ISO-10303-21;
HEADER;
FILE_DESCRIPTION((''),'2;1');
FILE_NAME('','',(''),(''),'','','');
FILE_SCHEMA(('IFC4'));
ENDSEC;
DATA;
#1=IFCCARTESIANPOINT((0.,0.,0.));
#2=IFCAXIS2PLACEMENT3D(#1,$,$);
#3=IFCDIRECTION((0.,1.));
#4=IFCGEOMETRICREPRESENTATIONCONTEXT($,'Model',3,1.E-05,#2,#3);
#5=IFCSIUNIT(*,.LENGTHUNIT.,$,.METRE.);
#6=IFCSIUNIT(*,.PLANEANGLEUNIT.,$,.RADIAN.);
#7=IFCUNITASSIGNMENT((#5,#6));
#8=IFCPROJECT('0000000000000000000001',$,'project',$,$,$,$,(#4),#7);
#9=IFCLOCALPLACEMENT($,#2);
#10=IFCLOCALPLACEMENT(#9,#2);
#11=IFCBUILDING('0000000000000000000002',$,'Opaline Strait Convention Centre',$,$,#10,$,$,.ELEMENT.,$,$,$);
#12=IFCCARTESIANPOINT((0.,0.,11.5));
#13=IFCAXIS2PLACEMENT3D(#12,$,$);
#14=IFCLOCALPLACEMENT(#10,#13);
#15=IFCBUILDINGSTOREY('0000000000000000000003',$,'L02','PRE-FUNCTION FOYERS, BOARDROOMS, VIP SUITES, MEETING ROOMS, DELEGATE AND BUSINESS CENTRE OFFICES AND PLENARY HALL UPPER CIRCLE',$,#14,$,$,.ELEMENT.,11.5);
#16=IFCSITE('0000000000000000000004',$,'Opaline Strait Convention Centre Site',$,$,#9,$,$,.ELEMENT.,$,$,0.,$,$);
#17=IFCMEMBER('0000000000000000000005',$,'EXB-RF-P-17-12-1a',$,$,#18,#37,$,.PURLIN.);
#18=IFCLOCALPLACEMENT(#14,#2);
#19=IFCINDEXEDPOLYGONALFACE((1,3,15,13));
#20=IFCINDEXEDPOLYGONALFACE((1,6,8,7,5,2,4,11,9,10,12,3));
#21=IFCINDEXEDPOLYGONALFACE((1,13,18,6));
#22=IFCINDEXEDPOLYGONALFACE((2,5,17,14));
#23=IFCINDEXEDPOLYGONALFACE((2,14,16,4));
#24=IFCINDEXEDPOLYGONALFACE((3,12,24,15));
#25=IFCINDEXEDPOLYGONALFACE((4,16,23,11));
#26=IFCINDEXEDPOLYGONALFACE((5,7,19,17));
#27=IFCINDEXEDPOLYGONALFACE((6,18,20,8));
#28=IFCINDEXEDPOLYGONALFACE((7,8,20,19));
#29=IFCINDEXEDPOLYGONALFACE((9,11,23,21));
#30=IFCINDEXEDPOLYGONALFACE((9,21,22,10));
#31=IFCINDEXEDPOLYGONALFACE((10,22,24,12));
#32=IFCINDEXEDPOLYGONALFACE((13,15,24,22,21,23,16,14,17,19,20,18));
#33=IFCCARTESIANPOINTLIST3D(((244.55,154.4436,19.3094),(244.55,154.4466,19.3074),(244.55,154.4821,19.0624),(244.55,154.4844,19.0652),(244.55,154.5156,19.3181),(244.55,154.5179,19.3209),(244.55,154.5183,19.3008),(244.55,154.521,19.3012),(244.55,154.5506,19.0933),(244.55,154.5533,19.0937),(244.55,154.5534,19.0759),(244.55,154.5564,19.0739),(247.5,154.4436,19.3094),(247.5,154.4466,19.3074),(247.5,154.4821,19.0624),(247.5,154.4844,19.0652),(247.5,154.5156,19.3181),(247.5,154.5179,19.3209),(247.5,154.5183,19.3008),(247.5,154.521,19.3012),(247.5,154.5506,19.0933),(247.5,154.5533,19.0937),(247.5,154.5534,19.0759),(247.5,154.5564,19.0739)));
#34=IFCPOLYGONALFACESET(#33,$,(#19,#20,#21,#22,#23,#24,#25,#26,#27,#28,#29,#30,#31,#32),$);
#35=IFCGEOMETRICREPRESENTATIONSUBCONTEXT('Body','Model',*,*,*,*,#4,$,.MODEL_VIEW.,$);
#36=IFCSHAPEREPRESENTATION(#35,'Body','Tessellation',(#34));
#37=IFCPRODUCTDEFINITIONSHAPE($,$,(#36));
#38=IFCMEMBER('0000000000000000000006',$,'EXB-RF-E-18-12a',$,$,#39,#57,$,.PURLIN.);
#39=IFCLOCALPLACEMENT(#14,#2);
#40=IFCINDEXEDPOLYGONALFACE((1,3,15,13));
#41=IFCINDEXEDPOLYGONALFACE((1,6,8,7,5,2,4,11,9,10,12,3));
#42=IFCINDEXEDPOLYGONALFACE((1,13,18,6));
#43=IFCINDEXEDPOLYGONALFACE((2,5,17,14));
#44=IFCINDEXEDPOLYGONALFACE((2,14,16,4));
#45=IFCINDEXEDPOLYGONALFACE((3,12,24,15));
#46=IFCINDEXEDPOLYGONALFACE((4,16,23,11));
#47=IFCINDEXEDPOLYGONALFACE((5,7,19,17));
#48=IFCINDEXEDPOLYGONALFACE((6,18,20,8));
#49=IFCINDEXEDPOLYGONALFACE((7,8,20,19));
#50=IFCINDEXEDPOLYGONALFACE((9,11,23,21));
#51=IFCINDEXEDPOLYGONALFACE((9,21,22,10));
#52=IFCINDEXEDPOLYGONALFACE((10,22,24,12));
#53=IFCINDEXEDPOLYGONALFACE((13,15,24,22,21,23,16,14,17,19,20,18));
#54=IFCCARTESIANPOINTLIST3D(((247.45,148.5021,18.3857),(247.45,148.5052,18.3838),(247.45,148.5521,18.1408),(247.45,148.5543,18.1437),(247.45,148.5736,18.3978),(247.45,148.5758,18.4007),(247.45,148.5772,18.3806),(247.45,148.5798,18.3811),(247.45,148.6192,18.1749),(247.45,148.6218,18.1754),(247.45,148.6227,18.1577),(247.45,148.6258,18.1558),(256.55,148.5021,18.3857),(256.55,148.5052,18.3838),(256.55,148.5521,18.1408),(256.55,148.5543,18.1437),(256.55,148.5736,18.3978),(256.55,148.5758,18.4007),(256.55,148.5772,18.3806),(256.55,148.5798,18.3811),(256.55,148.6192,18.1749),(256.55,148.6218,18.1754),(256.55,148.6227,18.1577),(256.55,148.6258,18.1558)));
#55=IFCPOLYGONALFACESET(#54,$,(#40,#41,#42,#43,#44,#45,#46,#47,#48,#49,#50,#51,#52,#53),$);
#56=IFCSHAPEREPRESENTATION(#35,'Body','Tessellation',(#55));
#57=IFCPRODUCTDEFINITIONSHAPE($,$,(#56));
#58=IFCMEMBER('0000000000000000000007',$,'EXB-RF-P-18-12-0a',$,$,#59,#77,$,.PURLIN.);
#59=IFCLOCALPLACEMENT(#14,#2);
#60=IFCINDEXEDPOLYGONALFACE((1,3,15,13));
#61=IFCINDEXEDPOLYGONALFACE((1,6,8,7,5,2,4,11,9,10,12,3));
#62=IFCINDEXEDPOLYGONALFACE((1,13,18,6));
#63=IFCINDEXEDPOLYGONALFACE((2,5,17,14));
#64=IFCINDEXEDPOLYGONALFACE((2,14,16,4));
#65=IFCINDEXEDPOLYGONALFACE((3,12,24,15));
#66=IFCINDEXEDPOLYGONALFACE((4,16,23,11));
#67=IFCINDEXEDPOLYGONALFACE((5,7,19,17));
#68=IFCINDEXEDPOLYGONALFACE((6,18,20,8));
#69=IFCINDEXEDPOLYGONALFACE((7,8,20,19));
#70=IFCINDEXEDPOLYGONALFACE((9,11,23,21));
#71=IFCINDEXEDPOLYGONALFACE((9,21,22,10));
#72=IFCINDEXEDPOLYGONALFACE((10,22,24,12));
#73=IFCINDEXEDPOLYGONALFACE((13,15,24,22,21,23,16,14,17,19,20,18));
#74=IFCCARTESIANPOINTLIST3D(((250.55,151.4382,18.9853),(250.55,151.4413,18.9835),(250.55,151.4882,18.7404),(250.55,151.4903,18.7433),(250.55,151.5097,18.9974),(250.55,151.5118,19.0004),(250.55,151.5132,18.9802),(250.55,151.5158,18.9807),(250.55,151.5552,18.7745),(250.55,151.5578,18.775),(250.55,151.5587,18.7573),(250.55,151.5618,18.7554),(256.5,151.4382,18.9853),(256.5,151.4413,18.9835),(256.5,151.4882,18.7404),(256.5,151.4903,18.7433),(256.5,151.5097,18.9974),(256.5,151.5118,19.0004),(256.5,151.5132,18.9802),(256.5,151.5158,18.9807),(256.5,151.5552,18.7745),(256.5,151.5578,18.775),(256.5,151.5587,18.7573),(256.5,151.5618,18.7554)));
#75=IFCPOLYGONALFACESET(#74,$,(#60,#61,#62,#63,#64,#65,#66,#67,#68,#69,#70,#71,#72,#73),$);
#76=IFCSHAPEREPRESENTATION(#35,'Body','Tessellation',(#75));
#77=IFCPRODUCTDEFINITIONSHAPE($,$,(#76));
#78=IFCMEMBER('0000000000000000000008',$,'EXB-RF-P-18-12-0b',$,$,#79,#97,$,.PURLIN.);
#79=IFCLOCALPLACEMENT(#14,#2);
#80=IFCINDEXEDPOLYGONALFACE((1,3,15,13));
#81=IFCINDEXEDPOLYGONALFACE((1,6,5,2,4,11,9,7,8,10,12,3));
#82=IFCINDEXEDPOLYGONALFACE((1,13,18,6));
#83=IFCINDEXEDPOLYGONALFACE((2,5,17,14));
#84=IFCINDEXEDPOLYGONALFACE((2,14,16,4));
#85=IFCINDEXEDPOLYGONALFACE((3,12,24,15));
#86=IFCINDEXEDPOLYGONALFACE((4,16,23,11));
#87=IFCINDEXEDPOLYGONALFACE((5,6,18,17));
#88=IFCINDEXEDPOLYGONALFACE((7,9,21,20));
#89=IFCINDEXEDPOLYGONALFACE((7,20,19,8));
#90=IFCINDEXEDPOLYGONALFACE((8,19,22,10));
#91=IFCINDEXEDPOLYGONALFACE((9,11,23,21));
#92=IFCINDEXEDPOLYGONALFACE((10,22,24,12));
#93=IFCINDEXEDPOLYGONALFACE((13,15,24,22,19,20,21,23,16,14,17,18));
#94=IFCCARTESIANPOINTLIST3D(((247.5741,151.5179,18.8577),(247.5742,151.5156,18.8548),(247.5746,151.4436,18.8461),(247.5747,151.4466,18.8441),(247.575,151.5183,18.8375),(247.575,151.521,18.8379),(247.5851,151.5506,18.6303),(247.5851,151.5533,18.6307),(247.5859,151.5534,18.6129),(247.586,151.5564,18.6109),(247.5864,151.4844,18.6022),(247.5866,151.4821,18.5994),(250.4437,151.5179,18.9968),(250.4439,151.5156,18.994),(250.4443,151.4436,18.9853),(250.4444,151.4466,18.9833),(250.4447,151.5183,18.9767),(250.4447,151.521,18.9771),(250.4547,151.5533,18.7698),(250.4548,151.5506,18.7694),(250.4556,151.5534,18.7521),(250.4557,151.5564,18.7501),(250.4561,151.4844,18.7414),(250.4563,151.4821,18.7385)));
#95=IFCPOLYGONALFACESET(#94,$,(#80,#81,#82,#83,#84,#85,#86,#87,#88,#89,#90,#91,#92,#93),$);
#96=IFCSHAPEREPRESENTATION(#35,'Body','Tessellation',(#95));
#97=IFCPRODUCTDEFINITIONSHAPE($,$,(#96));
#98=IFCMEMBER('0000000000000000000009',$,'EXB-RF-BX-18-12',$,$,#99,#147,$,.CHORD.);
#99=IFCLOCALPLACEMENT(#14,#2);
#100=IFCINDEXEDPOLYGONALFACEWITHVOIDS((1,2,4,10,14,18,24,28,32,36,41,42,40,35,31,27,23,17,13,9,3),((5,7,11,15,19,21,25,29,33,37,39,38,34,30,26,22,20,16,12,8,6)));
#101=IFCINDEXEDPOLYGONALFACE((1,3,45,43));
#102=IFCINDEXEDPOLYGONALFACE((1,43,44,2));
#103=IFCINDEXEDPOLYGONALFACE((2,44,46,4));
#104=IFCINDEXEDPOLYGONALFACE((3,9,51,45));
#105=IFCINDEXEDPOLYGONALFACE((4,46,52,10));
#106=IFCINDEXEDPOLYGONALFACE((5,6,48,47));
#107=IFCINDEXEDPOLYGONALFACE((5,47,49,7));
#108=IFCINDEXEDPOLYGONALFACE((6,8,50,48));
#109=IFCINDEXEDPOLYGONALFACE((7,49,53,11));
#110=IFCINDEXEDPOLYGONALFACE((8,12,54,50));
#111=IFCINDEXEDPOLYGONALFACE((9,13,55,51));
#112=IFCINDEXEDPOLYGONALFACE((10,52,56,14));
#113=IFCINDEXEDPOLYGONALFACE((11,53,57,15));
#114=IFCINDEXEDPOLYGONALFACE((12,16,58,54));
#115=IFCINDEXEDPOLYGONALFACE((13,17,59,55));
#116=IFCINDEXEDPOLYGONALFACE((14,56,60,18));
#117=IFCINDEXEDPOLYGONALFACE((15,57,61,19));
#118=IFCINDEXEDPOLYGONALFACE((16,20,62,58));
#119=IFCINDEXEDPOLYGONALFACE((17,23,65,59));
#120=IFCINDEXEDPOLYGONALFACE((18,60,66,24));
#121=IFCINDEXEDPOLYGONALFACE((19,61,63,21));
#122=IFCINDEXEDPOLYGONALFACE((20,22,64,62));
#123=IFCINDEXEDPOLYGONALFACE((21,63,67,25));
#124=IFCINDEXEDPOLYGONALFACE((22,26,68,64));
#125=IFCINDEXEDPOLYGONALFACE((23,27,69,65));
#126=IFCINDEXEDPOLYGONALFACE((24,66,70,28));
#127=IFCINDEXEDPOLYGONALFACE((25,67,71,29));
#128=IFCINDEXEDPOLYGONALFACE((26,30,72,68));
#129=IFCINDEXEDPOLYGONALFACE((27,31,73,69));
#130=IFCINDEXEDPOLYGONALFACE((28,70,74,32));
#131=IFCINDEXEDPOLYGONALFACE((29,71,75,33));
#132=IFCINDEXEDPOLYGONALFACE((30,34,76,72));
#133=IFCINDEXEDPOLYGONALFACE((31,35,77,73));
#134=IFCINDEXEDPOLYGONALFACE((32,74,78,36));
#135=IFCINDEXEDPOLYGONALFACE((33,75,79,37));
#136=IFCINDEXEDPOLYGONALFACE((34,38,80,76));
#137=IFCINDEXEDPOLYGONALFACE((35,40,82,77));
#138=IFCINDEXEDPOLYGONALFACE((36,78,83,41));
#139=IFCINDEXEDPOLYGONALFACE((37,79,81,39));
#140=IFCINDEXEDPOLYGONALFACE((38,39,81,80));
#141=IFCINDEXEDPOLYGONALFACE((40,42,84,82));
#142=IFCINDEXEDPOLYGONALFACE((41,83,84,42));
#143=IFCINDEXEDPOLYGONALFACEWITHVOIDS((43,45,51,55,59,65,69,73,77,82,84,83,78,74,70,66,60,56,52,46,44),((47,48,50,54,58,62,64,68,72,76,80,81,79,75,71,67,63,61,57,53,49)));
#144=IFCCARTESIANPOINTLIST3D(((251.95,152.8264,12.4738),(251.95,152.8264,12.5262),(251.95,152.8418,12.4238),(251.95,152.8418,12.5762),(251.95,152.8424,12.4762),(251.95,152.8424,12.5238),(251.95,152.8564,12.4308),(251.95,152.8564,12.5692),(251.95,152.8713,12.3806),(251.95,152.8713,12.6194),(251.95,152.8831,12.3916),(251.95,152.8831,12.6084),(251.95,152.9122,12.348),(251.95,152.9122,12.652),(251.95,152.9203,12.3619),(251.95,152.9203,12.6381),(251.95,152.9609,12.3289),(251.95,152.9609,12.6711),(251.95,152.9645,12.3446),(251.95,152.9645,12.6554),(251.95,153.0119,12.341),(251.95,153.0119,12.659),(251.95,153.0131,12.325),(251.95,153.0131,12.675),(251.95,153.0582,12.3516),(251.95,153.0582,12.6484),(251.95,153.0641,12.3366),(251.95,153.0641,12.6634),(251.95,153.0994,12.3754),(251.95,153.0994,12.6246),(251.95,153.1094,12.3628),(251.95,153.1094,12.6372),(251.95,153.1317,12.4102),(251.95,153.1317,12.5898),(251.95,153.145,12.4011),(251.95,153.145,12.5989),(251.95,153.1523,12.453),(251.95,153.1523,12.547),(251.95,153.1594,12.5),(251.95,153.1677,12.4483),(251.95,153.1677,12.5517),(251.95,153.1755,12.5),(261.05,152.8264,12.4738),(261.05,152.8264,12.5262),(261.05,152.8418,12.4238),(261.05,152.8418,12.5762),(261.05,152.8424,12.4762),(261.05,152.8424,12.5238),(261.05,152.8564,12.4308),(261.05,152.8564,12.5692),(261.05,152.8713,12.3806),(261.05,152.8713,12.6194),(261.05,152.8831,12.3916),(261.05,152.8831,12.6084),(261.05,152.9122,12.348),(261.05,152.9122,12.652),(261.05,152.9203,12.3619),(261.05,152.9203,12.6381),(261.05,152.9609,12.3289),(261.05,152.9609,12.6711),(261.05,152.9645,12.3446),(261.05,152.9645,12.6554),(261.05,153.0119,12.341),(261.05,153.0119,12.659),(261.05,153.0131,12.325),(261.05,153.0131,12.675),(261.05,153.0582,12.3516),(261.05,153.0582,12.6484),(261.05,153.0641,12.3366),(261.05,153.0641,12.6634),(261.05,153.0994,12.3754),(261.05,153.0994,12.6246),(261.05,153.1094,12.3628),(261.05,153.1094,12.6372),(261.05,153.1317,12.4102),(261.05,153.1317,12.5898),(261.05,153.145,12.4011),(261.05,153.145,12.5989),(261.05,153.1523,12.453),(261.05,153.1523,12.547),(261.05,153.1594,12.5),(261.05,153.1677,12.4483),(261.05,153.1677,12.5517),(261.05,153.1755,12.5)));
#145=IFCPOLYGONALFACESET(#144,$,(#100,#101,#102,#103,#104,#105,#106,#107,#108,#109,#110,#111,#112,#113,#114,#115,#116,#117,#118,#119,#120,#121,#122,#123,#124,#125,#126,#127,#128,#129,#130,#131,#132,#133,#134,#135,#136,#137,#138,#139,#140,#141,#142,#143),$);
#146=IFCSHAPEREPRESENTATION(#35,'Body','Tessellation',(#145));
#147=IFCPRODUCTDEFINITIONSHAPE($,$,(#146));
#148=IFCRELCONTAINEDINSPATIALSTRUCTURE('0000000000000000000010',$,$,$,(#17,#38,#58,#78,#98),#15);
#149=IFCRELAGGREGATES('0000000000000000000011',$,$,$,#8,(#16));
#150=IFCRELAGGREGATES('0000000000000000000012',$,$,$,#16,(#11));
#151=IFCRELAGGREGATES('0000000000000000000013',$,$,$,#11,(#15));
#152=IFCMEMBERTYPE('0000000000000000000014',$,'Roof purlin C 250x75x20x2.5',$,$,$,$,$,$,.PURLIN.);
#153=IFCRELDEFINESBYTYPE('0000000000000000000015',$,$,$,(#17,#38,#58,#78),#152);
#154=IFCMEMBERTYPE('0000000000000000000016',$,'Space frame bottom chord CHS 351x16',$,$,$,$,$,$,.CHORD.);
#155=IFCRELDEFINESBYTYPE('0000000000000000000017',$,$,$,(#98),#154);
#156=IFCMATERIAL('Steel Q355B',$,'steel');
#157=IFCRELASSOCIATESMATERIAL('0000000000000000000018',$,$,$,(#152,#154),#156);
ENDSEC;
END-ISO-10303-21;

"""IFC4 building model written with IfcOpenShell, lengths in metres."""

from ifc_helpers import new_model, si_unit, direction, frame, origin, origin_2d, place, context, subcontext, project, spatial, polyline, hollow_circle, outline, extrude, material, material_profile, profile_set, type_object, element, save


model = new_model("IFC4")

# Units and contexts
model_context = context("Model", 3, precision=1e-05, world=origin(), true_north=direction((0.0, 1.0)))
body_context = subcontext(model_context, "Body", "Model", "MODEL_VIEW")
ifc_project = project(units=[si_unit("LENGTHUNIT", "METRE"), si_unit("PLANEANGLEUNIT", "RADIAN")], contexts=[model_context])

# Site, building, storey
site_placement = place(None, origin())
site = spatial("IfcSite", under=ifc_project, at=site_placement, Name="Opaline Strait Convention Centre Site", CompositionType="ELEMENT", RefElevation=0.0)
building_placement = place(site_placement, origin())
building = spatial("IfcBuilding", under=site, at=building_placement, Name="Opaline Strait Convention Centre", CompositionType="ELEMENT")
storey_placement = place(building_placement, frame((0.0, 0.0, 11.5)))
storey = spatial("IfcBuildingStorey", under=building, at=storey_placement, Name="L02", Description="PRE-FUNCTION FOYERS, BOARDROOMS, VIP SUITES, MEETING ROOMS, DELEGATE AND BUSINESS CENTRE OFFICES AND PLENARY HALL UPPER CIRCLE", CompositionType="ELEMENT", Elevation=11.5)

# Members
ifc_material_1 = material(Name="Steel Q355B", Category="steel")
ifc_material_profile_1 = material_profile(ifc_material_1, outline(polyline([(-0.0376, -0.125), (0.0376, -0.125), (0.0376, -0.105), (0.0349, -0.105), (0.0349, -0.1226), (-0.0349, -0.1226), (-0.0349, 0.1226), (0.0349, 0.1226), (0.0349, 0.105), (0.0376, 0.105), (0.0376, 0.125), (-0.0376, 0.125), (-0.0376, -0.125)])), Name="C 250x75x20x2.5")
ifc_profile_set_1 = profile_set([ifc_material_profile_1], Name="Steel Q355B")
member_type_1 = type_object("IfcMemberType", Name="Roof purlin C 250x75x20x2.5", PredefinedType="PURLIN", material=ifc_profile_set_1)
member_1_placement = place(storey_placement, frame((244.55, 154.5, 19.1917), z_axis=(1.0, 0.0, 0.0), x_axis=(0.0, 0.988092, 0.153864)))
element("IfcMember", 1, at=member_1_placement, inside=storey, type_object=member_type_1, Name="EXB-RF-P-17-12-1a", PredefinedType="PURLIN", context=body_context, shape_type="SweptSolid", body=[
    extrude(outline(polyline([(-0.0376, -0.125), (0.0376, -0.125), (0.0376, -0.105), (0.0349, -0.105), (0.0349, -0.1226), (-0.0349, -0.1226), (-0.0349, 0.1226), (0.0349, 0.1226), (0.0349, 0.105), (0.0376, 0.105), (0.0376, 0.125), (-0.0376, 0.125), (-0.0376, -0.125)])), origin(), (0.0, 0.0, 1.0), 2.95),
])
member_2_placement = place(storey_placement, frame((247.45, 148.564, 18.2708), z_axis=(1.0, 0.0, 0.0), x_axis=(0.0, 0.97978, 0.200078)))
element("IfcMember", 2, at=member_2_placement, inside=storey, type_object=member_type_1, Name="EXB-RF-E-18-12a", PredefinedType="PURLIN", context=body_context, shape_type="SweptSolid", body=[
    extrude(outline(polyline([(-0.0376, -0.125), (0.0376, -0.125), (0.0376, -0.105), (0.0349, -0.105), (0.0349, -0.1226), (-0.0349, -0.1226), (-0.0349, 0.1226), (0.0349, 0.1226), (0.0349, 0.105), (0.0376, 0.105), (0.0376, 0.125), (-0.0376, 0.125), (-0.0376, -0.125)])), origin(), (0.0, 0.0, 1.0), 9.1001),
])
member_3_placement = place(storey_placement, frame((250.55, 151.5, 18.8704), z_axis=(1.0, 0.0, 0.0), x_axis=(0.0, 0.97978, 0.200078)))
element("IfcMember", 3, at=member_3_placement, inside=storey, type_object=member_type_1, Name="EXB-RF-P-18-12-0a", PredefinedType="PURLIN", context=body_context, shape_type="SweptSolid", body=[
    extrude(outline(polyline([(-0.0376, -0.125), (0.0376, -0.125), (0.0376, -0.105), (0.0349, -0.105), (0.0349, -0.1226), (-0.0349, -0.1226), (-0.0349, 0.1226), (0.0349, 0.1226), (0.0349, 0.105), (0.0376, 0.105), (0.0376, 0.125), (-0.0376, 0.125), (-0.0376, -0.125)])), origin(), (0.0, 0.0, 1.0), 5.95),
])
member_4_placement = place(storey_placement, frame((247.5803, 151.5, 18.7285), z_axis=(0.998826, 0.0, 0.048437), x_axis=(-0.007453, 0.988092, 0.153683)))
element("IfcMember", 4, at=member_4_placement, inside=storey, type_object=member_type_1, Name="EXB-RF-P-18-12-0b", PredefinedType="PURLIN", context=body_context, shape_type="SweptSolid", body=[
    extrude(outline(polyline([(-0.0376, -0.125), (0.0376, -0.125), (0.0376, -0.105), (0.0349, -0.105), (0.0349, -0.1226), (-0.0349, -0.1226), (-0.0349, 0.1226), (0.0349, 0.1226), (0.0349, 0.105), (0.0376, 0.105), (0.0376, 0.125), (-0.0376, 0.125), (-0.0376, -0.125)])), origin(), (0.0, 0.0, 1.0), 2.873),
])
ifc_material_profile_2 = material_profile(ifc_material_1, hollow_circle(Radius=0.1755, WallThickness=0.0161, at=origin_2d()), Name="CHS 351x16")
ifc_profile_set_2 = profile_set([ifc_material_profile_2], Name="Steel Q355B")
member_type_2 = type_object("IfcMemberType", Name="Space frame bottom chord CHS 351x16", PredefinedType="CHORD", material=ifc_profile_set_2)
member_5_placement = place(storey_placement, frame((251.95, 153.0, 12.5), z_axis=(1.0, 0.0, 0.0), x_axis=(0.0, 1.0, 0.0)))
element("IfcMember", 5, at=member_5_placement, inside=storey, type_object=member_type_2, Name="EXB-RF-BX-18-12", PredefinedType="CHORD", context=body_context, shape_type="SweptSolid", body=[
    extrude(hollow_circle(Radius=0.1755, WallThickness=0.0161, at=origin_2d()), origin(), (0.0, 0.0, 1.0), 9.1001),
])

save(model, "model.ifc")
